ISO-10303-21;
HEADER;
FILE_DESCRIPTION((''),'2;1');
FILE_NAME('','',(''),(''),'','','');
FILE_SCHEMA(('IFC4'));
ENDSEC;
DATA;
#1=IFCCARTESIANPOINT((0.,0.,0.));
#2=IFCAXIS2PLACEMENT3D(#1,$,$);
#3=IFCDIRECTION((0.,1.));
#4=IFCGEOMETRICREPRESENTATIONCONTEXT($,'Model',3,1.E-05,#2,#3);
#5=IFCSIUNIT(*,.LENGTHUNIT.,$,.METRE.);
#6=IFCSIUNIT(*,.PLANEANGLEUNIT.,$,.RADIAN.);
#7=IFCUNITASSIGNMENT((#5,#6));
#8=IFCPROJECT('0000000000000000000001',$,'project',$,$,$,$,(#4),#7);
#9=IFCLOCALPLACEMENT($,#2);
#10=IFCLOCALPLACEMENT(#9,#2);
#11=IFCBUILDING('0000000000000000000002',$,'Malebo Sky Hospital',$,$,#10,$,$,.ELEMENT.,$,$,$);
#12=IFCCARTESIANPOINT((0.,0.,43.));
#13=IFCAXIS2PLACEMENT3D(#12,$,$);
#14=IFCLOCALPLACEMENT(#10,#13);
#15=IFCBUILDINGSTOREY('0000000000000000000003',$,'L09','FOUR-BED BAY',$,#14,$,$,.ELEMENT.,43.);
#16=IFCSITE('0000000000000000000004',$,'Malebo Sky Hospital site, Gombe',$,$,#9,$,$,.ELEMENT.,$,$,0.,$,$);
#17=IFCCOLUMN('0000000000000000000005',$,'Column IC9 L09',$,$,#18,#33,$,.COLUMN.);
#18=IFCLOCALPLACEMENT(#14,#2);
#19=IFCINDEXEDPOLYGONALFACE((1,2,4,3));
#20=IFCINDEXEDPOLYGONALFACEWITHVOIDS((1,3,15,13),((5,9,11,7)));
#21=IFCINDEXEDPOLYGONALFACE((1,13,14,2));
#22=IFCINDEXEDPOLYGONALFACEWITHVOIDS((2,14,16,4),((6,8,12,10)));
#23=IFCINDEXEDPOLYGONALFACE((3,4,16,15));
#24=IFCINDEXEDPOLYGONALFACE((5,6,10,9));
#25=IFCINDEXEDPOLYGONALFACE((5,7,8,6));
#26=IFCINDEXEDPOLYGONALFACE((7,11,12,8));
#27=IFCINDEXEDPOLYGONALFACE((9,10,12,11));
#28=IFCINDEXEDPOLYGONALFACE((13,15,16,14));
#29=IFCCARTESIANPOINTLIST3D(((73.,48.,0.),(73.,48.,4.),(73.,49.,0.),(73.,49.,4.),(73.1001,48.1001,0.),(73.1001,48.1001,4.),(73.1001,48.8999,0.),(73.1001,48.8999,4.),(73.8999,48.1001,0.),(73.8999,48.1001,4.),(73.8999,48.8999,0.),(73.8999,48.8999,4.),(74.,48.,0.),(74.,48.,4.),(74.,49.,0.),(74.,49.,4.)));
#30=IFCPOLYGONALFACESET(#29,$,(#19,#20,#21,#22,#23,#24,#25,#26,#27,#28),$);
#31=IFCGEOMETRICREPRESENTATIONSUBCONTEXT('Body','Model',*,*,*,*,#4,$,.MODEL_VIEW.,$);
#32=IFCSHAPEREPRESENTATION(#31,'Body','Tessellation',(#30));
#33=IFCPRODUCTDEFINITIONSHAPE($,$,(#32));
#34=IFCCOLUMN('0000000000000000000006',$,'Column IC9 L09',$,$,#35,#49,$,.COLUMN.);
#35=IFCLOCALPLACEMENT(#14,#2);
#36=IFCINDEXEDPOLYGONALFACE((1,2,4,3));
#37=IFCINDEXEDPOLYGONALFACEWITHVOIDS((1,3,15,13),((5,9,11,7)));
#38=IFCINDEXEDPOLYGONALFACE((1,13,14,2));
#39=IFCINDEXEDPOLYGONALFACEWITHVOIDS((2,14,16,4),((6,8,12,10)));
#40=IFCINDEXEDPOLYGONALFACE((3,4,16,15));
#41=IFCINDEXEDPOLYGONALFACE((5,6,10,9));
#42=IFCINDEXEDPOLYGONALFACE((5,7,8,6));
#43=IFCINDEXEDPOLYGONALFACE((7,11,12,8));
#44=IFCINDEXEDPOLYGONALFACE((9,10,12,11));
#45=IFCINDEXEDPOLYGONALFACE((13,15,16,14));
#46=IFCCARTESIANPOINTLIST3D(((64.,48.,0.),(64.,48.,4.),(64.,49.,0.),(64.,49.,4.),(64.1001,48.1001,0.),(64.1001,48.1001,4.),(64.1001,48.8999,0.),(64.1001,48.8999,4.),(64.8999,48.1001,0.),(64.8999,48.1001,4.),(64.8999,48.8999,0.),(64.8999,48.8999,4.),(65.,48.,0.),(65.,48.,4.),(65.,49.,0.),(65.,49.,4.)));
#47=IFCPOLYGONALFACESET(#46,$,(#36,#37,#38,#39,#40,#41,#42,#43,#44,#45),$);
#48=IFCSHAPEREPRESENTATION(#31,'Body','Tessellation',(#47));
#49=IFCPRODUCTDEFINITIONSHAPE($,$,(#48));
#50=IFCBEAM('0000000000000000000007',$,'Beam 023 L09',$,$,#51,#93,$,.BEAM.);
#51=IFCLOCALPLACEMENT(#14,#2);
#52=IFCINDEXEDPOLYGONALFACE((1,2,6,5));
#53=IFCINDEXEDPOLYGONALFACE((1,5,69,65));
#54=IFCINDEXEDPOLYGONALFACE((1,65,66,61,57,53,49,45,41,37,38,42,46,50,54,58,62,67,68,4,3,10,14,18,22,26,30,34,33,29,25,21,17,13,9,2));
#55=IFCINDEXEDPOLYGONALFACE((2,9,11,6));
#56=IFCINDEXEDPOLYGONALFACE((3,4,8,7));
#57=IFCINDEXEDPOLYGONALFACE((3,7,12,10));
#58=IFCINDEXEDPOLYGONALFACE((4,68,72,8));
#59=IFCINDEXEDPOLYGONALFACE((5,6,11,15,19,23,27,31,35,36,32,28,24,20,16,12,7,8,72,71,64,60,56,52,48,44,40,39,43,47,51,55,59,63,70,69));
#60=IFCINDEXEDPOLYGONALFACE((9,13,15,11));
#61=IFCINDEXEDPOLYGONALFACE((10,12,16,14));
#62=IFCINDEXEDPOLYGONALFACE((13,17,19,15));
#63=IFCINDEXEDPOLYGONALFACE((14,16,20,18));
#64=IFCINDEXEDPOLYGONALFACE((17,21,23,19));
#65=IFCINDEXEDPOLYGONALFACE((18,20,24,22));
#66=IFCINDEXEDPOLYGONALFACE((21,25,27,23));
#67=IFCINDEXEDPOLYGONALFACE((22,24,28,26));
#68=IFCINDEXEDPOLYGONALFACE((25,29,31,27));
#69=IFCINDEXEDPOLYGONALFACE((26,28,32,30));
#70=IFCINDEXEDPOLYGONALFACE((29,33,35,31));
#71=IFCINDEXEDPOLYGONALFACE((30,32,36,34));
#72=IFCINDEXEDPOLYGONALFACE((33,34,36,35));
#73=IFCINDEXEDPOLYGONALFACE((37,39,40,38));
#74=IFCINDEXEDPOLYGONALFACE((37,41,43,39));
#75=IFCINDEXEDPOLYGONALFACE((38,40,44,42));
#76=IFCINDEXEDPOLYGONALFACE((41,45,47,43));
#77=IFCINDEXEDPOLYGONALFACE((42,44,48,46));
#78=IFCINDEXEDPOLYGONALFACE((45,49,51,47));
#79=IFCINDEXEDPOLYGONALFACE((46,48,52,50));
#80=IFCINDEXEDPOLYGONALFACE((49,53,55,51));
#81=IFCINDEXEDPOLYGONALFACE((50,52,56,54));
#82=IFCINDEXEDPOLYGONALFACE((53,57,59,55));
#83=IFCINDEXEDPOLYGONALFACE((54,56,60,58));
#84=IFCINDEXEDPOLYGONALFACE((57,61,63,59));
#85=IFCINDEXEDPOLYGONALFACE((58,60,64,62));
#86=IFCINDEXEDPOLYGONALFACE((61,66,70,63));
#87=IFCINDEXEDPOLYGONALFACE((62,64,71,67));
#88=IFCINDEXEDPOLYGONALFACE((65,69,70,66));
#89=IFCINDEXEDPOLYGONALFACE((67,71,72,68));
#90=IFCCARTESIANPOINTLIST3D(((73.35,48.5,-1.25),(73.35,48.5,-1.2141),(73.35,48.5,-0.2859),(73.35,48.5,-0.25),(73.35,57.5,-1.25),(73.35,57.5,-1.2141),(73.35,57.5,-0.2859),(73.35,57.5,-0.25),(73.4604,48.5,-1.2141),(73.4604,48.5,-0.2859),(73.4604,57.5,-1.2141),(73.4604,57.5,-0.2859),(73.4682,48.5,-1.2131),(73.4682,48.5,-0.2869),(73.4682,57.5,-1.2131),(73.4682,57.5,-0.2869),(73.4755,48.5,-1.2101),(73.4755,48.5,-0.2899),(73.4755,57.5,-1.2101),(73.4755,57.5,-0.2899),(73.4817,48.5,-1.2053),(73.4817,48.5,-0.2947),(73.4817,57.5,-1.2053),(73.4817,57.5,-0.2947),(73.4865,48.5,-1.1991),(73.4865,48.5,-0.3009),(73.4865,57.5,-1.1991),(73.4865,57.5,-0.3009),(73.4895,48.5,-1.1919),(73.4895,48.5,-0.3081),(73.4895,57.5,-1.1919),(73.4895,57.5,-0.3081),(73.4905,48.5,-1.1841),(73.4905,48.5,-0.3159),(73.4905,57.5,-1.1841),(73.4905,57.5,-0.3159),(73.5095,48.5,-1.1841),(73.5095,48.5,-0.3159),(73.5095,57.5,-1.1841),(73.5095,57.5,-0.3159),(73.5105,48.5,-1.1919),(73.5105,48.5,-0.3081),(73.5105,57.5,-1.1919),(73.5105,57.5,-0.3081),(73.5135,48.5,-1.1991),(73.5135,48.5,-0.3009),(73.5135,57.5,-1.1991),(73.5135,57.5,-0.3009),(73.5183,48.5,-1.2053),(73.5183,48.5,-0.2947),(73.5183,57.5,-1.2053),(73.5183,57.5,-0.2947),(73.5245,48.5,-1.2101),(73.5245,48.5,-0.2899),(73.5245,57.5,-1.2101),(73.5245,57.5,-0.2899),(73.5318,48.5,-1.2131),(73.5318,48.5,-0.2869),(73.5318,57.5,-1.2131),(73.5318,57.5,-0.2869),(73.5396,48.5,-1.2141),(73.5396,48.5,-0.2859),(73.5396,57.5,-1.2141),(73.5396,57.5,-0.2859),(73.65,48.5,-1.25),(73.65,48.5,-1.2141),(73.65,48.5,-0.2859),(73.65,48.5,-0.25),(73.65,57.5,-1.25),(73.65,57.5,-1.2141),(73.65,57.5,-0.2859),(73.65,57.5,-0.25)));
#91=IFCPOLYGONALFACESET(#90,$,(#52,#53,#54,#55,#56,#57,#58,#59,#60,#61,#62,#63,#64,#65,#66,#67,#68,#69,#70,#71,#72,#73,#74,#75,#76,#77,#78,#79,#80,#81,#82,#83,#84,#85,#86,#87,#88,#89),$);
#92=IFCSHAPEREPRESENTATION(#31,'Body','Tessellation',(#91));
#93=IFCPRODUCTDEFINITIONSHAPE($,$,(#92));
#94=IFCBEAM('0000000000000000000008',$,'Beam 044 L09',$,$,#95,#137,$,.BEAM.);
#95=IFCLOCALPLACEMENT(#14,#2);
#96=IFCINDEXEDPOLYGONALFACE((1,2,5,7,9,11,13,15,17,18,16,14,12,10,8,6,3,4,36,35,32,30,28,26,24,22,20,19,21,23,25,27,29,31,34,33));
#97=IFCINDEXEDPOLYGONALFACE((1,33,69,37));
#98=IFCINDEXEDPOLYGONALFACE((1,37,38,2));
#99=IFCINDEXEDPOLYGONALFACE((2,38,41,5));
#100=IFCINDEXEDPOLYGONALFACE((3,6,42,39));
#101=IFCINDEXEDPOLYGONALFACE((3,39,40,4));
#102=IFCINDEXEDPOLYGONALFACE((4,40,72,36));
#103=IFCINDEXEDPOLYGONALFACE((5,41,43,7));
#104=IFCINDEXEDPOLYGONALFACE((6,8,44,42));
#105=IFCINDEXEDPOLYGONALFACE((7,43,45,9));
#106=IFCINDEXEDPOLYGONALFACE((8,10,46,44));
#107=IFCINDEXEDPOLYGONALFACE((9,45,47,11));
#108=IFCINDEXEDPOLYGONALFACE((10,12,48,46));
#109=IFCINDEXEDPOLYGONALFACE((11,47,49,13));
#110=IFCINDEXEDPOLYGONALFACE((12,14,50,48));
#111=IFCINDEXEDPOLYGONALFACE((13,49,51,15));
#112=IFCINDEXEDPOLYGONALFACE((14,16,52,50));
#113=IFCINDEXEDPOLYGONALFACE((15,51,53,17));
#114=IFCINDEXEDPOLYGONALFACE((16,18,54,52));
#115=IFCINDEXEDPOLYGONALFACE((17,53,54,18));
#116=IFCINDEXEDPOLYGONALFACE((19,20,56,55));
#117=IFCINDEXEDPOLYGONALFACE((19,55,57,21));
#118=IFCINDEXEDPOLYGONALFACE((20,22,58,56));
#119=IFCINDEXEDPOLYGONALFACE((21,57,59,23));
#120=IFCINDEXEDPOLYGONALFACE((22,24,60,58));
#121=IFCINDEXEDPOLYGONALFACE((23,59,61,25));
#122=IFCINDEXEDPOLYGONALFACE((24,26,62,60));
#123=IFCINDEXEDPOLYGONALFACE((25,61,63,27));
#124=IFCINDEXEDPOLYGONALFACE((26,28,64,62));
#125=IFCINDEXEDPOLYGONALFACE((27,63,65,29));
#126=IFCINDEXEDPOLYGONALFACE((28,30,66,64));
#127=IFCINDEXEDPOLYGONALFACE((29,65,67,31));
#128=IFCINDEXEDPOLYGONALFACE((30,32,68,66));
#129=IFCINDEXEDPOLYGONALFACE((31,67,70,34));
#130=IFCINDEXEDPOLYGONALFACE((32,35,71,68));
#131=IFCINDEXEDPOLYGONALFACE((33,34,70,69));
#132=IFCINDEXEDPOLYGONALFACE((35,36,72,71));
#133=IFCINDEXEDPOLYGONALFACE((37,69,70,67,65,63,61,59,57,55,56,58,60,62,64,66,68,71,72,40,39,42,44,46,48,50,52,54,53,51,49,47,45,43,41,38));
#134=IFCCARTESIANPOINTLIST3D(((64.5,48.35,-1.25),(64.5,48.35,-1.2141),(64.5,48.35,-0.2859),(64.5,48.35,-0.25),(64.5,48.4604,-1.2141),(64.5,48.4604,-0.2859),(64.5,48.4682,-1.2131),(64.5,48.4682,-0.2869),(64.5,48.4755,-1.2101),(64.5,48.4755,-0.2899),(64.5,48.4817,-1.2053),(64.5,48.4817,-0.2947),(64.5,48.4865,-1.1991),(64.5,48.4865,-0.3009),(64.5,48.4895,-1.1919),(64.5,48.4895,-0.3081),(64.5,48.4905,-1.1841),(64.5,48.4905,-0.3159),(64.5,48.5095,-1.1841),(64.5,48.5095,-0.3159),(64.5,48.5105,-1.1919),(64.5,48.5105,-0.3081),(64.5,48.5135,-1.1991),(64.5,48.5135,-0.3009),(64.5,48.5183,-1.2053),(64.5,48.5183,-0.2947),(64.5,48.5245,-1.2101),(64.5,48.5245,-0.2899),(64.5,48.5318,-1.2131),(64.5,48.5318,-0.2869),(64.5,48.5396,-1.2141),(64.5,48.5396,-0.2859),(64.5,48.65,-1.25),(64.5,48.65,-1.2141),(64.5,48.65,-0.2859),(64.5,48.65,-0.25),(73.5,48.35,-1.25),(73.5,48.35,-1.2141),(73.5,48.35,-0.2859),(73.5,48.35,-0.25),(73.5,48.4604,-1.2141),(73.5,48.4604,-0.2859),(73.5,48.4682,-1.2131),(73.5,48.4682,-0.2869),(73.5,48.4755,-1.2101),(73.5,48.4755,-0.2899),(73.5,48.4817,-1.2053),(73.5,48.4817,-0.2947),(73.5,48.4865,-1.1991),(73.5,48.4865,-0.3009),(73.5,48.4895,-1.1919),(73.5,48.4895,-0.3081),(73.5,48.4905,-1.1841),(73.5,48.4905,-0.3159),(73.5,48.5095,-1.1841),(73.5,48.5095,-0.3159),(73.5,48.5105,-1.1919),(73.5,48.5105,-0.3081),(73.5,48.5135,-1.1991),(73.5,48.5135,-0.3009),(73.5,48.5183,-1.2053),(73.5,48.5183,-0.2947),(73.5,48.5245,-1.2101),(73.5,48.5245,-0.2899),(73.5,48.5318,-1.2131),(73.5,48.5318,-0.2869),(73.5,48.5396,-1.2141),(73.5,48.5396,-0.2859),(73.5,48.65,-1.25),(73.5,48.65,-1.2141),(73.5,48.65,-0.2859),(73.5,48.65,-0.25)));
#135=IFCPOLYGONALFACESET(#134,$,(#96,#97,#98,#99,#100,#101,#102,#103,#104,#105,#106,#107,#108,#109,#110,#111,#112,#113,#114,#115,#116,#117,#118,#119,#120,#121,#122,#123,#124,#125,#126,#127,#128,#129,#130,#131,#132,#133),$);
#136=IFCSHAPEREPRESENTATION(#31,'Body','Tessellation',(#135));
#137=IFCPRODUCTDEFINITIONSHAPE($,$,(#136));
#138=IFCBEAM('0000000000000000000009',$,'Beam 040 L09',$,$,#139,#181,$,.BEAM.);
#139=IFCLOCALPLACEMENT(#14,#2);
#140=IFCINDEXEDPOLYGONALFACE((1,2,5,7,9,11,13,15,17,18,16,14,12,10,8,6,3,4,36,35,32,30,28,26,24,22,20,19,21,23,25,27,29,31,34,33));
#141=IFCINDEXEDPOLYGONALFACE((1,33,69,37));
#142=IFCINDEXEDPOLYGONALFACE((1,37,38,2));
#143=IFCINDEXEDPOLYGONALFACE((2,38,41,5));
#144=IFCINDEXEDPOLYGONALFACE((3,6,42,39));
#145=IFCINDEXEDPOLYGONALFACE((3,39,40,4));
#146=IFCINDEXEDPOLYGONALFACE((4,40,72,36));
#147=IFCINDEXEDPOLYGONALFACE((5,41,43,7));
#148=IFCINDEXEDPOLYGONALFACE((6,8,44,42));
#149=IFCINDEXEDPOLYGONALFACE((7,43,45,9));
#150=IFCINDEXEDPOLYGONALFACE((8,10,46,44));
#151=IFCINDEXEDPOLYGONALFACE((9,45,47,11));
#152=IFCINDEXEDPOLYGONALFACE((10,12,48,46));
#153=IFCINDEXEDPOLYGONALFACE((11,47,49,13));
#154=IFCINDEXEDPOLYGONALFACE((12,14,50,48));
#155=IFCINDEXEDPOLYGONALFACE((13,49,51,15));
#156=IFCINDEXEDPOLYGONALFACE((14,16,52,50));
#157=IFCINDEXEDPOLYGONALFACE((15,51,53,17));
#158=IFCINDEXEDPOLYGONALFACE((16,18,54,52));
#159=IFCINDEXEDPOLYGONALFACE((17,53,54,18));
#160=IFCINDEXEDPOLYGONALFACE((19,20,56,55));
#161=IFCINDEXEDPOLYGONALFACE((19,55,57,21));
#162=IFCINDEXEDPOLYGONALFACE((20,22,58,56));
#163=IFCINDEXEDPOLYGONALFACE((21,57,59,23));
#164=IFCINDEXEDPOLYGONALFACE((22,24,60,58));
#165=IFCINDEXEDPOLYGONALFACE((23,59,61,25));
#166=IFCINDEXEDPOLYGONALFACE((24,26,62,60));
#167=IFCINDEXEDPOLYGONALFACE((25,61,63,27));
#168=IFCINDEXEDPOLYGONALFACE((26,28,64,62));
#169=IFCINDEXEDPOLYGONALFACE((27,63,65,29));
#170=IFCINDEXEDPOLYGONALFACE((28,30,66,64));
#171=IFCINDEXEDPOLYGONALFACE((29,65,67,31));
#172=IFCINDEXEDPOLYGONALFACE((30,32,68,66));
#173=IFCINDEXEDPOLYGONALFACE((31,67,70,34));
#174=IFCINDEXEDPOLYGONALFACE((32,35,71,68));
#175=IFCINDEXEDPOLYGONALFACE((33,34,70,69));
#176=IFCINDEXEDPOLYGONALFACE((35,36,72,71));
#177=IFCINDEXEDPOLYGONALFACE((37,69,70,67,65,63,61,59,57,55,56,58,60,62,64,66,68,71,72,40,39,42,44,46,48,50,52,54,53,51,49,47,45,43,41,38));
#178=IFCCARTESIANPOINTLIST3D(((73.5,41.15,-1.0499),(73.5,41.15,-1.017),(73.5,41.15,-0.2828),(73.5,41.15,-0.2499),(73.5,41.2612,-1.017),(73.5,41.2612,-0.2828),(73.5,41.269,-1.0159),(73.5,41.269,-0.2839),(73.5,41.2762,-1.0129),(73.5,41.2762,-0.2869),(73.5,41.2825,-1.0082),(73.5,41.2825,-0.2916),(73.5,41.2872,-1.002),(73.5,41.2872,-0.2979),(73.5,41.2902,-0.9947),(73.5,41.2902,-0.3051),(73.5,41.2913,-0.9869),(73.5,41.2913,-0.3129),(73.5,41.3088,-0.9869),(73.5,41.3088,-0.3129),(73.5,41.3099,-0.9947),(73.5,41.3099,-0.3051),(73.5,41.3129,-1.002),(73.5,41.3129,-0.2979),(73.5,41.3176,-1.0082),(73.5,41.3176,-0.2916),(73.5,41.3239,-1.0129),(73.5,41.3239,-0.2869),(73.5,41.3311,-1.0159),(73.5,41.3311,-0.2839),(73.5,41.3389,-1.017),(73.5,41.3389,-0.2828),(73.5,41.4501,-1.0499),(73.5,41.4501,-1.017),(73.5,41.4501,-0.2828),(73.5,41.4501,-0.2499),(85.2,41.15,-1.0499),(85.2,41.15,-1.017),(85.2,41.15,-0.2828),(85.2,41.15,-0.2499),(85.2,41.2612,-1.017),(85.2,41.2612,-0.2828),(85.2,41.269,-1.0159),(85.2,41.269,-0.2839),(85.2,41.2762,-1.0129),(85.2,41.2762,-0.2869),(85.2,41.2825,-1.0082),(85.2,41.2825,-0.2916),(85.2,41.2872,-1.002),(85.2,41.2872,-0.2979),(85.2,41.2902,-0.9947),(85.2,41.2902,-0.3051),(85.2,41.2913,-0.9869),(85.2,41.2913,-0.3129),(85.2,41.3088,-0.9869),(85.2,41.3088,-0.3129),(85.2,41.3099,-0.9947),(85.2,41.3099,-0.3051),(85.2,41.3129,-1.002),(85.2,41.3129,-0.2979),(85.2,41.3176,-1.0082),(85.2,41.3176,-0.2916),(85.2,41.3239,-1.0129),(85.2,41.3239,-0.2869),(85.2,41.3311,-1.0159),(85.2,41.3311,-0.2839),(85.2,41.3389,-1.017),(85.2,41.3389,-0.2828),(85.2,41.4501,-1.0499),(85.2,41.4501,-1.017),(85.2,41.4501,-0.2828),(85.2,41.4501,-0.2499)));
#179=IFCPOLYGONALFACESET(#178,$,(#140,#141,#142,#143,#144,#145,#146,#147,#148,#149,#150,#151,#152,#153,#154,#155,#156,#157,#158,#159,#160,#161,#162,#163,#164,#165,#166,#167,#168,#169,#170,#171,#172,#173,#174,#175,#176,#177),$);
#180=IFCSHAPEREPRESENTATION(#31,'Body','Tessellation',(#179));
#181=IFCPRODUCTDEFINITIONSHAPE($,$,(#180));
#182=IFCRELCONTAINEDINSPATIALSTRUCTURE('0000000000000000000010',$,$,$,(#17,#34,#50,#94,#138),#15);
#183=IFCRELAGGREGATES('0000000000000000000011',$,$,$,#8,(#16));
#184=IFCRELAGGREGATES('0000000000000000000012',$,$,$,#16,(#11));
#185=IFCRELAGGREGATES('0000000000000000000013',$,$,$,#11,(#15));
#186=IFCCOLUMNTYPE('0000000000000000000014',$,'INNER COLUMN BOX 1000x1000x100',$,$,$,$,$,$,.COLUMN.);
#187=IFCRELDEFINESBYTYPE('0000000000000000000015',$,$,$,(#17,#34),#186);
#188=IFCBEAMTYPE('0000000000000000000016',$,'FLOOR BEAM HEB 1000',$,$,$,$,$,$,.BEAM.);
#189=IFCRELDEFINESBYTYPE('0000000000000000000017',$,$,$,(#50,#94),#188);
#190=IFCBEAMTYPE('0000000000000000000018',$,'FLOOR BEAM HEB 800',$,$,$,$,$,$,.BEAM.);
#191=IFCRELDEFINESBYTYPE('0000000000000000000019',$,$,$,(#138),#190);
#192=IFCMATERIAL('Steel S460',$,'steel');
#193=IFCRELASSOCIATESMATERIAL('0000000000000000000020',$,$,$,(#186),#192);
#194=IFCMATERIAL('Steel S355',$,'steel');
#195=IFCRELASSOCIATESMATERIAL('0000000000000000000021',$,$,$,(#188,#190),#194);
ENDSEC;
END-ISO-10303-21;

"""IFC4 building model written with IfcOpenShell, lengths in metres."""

from ifc_helpers import new_model, si_unit, direction, frame, origin, origin_2d, place, context, subcontext, project, spatial, hollow_rectangle, i_section, extrude, material, material_profile, profile_set, type_object, element, save


model = new_model("IFC4")

# Units and contexts
model_context = context("Model", 3, precision=1e-05, world=origin(), true_north=direction((0.0, 1.0)))
body_context = subcontext(model_context, "Body", "Model", "MODEL_VIEW")
ifc_project = project(units=[si_unit("LENGTHUNIT", "METRE"), si_unit("PLANEANGLEUNIT", "RADIAN")], contexts=[model_context])

# Site, building, storey
site_placement = place(None, origin())
site = spatial("IfcSite", under=ifc_project, at=site_placement, Name="Malebo Sky Hospital site, Gombe", CompositionType="ELEMENT", RefElevation=0.0)
building_placement = place(site_placement, origin())
building = spatial("IfcBuilding", under=site, at=building_placement, Name="Malebo Sky Hospital", CompositionType="ELEMENT")
storey_placement = place(building_placement, frame((0.0, 0.0, 43.0)))
storey = spatial("IfcBuildingStorey", under=building, at=storey_placement, Name="L09", Description="FOUR-BED BAY", CompositionType="ELEMENT", Elevation=43.0)

# Columns
ifc_material_1 = material(Name="Steel S460", Category="steel")
ifc_material_profile_1 = material_profile(ifc_material_1, hollow_rectangle(XDim=1.0, YDim=1.0, WallThickness=0.1001, at=origin_2d()), Name="BOX 1000x1000x100")
ifc_profile_set_1 = profile_set([ifc_material_profile_1], Name="Steel S460")
column_type = type_object("IfcColumnType", Name="INNER COLUMN BOX 1000x1000x100", PredefinedType="COLUMN", material=ifc_profile_set_1)
for number, where, z_axis, x_axis, name in (
    (1, (73.5, 48.5, 0.0), (0.0, 0.0, 1.0), (1.0, 0.0, 0.0), "Column IC9 L09"),
    (2, (64.5, 48.5, 0.0), (0.0, 0.0, 1.0), (1.0, 0.0, 0.0), "Column IC9 L09"),
):
    element("IfcColumn", number, at=place(storey_placement, frame(where, z_axis=z_axis, x_axis=x_axis)), inside=storey, type_object=column_type, Name=name, PredefinedType="COLUMN", context=body_context, shape_type="SweptSolid", body=[
        extrude(hollow_rectangle(XDim=1.0, YDim=1.0, WallThickness=0.1001, at=origin_2d()), origin(), (0.0, 0.0, 1.0), 4.0),
    ])

# Beams
ifc_material_2 = material(Name="Steel S355", Category="steel")
ifc_material_profile_2 = material_profile(ifc_material_2, i_section(OverallWidth=0.3, OverallDepth=1.0, WebThickness=0.019, FlangeThickness=0.0359, FilletRadius=0.03, at=origin_2d()), Name="HEB 1000")
ifc_profile_set_2 = profile_set([ifc_material_profile_2], Name="Steel S355")
beam_type_1 = type_object("IfcBeamType", Name="FLOOR BEAM HEB 1000", PredefinedType="BEAM", material=ifc_profile_set_2)
for number, where, z_axis, x_axis, name in (
    (3, (73.5, 48.5, -0.75), (0.0, 1.0, 0.0), (-1.0, 0.0, 0.0), "Beam 023 L09"),
    (4, (64.5, 48.5, -0.75), (1.0, 0.0, 0.0), (0.0, 1.0, 0.0), "Beam 044 L09"),
):
    element("IfcBeam", number, at=place(storey_placement, frame(where, z_axis=z_axis, x_axis=x_axis)), inside=storey, type_object=beam_type_1, Name=name, PredefinedType="BEAM", context=body_context, shape_type="SweptSolid", body=[
        extrude(i_section(OverallWidth=0.3, OverallDepth=1.0, WebThickness=0.019, FlangeThickness=0.0359, FilletRadius=0.03, at=origin_2d()), origin(), (0.0, 0.0, 1.0), 9.0),
    ])
ifc_material_profile_3 = material_profile(ifc_material_2, i_section(OverallWidth=0.3, OverallDepth=0.8, WebThickness=0.0176, FlangeThickness=0.033, FilletRadius=0.03, at=origin_2d()), Name="HEB 800")
ifc_profile_set_3 = profile_set([ifc_material_profile_3], Name="Steel S355")
beam_type_2 = type_object("IfcBeamType", Name="FLOOR BEAM HEB 800", PredefinedType="BEAM", material=ifc_profile_set_3)
beam_1_placement = place(storey_placement, frame((73.5, 41.3, -0.6499), z_axis=(1.0, 0.0, 0.0), x_axis=(0.0, 1.0, 0.0)))
element("IfcBeam", 5, at=beam_1_placement, inside=storey, type_object=beam_type_2, Name="Beam 040 L09", PredefinedType="BEAM", context=body_context, shape_type="SweptSolid", body=[
    extrude(i_section(OverallWidth=0.3, OverallDepth=0.8, WebThickness=0.0176, FlangeThickness=0.033, FilletRadius=0.03, at=origin_2d()), origin(), (0.0, 0.0, 1.0), 11.7),
])

save(model, "model.ifc")
